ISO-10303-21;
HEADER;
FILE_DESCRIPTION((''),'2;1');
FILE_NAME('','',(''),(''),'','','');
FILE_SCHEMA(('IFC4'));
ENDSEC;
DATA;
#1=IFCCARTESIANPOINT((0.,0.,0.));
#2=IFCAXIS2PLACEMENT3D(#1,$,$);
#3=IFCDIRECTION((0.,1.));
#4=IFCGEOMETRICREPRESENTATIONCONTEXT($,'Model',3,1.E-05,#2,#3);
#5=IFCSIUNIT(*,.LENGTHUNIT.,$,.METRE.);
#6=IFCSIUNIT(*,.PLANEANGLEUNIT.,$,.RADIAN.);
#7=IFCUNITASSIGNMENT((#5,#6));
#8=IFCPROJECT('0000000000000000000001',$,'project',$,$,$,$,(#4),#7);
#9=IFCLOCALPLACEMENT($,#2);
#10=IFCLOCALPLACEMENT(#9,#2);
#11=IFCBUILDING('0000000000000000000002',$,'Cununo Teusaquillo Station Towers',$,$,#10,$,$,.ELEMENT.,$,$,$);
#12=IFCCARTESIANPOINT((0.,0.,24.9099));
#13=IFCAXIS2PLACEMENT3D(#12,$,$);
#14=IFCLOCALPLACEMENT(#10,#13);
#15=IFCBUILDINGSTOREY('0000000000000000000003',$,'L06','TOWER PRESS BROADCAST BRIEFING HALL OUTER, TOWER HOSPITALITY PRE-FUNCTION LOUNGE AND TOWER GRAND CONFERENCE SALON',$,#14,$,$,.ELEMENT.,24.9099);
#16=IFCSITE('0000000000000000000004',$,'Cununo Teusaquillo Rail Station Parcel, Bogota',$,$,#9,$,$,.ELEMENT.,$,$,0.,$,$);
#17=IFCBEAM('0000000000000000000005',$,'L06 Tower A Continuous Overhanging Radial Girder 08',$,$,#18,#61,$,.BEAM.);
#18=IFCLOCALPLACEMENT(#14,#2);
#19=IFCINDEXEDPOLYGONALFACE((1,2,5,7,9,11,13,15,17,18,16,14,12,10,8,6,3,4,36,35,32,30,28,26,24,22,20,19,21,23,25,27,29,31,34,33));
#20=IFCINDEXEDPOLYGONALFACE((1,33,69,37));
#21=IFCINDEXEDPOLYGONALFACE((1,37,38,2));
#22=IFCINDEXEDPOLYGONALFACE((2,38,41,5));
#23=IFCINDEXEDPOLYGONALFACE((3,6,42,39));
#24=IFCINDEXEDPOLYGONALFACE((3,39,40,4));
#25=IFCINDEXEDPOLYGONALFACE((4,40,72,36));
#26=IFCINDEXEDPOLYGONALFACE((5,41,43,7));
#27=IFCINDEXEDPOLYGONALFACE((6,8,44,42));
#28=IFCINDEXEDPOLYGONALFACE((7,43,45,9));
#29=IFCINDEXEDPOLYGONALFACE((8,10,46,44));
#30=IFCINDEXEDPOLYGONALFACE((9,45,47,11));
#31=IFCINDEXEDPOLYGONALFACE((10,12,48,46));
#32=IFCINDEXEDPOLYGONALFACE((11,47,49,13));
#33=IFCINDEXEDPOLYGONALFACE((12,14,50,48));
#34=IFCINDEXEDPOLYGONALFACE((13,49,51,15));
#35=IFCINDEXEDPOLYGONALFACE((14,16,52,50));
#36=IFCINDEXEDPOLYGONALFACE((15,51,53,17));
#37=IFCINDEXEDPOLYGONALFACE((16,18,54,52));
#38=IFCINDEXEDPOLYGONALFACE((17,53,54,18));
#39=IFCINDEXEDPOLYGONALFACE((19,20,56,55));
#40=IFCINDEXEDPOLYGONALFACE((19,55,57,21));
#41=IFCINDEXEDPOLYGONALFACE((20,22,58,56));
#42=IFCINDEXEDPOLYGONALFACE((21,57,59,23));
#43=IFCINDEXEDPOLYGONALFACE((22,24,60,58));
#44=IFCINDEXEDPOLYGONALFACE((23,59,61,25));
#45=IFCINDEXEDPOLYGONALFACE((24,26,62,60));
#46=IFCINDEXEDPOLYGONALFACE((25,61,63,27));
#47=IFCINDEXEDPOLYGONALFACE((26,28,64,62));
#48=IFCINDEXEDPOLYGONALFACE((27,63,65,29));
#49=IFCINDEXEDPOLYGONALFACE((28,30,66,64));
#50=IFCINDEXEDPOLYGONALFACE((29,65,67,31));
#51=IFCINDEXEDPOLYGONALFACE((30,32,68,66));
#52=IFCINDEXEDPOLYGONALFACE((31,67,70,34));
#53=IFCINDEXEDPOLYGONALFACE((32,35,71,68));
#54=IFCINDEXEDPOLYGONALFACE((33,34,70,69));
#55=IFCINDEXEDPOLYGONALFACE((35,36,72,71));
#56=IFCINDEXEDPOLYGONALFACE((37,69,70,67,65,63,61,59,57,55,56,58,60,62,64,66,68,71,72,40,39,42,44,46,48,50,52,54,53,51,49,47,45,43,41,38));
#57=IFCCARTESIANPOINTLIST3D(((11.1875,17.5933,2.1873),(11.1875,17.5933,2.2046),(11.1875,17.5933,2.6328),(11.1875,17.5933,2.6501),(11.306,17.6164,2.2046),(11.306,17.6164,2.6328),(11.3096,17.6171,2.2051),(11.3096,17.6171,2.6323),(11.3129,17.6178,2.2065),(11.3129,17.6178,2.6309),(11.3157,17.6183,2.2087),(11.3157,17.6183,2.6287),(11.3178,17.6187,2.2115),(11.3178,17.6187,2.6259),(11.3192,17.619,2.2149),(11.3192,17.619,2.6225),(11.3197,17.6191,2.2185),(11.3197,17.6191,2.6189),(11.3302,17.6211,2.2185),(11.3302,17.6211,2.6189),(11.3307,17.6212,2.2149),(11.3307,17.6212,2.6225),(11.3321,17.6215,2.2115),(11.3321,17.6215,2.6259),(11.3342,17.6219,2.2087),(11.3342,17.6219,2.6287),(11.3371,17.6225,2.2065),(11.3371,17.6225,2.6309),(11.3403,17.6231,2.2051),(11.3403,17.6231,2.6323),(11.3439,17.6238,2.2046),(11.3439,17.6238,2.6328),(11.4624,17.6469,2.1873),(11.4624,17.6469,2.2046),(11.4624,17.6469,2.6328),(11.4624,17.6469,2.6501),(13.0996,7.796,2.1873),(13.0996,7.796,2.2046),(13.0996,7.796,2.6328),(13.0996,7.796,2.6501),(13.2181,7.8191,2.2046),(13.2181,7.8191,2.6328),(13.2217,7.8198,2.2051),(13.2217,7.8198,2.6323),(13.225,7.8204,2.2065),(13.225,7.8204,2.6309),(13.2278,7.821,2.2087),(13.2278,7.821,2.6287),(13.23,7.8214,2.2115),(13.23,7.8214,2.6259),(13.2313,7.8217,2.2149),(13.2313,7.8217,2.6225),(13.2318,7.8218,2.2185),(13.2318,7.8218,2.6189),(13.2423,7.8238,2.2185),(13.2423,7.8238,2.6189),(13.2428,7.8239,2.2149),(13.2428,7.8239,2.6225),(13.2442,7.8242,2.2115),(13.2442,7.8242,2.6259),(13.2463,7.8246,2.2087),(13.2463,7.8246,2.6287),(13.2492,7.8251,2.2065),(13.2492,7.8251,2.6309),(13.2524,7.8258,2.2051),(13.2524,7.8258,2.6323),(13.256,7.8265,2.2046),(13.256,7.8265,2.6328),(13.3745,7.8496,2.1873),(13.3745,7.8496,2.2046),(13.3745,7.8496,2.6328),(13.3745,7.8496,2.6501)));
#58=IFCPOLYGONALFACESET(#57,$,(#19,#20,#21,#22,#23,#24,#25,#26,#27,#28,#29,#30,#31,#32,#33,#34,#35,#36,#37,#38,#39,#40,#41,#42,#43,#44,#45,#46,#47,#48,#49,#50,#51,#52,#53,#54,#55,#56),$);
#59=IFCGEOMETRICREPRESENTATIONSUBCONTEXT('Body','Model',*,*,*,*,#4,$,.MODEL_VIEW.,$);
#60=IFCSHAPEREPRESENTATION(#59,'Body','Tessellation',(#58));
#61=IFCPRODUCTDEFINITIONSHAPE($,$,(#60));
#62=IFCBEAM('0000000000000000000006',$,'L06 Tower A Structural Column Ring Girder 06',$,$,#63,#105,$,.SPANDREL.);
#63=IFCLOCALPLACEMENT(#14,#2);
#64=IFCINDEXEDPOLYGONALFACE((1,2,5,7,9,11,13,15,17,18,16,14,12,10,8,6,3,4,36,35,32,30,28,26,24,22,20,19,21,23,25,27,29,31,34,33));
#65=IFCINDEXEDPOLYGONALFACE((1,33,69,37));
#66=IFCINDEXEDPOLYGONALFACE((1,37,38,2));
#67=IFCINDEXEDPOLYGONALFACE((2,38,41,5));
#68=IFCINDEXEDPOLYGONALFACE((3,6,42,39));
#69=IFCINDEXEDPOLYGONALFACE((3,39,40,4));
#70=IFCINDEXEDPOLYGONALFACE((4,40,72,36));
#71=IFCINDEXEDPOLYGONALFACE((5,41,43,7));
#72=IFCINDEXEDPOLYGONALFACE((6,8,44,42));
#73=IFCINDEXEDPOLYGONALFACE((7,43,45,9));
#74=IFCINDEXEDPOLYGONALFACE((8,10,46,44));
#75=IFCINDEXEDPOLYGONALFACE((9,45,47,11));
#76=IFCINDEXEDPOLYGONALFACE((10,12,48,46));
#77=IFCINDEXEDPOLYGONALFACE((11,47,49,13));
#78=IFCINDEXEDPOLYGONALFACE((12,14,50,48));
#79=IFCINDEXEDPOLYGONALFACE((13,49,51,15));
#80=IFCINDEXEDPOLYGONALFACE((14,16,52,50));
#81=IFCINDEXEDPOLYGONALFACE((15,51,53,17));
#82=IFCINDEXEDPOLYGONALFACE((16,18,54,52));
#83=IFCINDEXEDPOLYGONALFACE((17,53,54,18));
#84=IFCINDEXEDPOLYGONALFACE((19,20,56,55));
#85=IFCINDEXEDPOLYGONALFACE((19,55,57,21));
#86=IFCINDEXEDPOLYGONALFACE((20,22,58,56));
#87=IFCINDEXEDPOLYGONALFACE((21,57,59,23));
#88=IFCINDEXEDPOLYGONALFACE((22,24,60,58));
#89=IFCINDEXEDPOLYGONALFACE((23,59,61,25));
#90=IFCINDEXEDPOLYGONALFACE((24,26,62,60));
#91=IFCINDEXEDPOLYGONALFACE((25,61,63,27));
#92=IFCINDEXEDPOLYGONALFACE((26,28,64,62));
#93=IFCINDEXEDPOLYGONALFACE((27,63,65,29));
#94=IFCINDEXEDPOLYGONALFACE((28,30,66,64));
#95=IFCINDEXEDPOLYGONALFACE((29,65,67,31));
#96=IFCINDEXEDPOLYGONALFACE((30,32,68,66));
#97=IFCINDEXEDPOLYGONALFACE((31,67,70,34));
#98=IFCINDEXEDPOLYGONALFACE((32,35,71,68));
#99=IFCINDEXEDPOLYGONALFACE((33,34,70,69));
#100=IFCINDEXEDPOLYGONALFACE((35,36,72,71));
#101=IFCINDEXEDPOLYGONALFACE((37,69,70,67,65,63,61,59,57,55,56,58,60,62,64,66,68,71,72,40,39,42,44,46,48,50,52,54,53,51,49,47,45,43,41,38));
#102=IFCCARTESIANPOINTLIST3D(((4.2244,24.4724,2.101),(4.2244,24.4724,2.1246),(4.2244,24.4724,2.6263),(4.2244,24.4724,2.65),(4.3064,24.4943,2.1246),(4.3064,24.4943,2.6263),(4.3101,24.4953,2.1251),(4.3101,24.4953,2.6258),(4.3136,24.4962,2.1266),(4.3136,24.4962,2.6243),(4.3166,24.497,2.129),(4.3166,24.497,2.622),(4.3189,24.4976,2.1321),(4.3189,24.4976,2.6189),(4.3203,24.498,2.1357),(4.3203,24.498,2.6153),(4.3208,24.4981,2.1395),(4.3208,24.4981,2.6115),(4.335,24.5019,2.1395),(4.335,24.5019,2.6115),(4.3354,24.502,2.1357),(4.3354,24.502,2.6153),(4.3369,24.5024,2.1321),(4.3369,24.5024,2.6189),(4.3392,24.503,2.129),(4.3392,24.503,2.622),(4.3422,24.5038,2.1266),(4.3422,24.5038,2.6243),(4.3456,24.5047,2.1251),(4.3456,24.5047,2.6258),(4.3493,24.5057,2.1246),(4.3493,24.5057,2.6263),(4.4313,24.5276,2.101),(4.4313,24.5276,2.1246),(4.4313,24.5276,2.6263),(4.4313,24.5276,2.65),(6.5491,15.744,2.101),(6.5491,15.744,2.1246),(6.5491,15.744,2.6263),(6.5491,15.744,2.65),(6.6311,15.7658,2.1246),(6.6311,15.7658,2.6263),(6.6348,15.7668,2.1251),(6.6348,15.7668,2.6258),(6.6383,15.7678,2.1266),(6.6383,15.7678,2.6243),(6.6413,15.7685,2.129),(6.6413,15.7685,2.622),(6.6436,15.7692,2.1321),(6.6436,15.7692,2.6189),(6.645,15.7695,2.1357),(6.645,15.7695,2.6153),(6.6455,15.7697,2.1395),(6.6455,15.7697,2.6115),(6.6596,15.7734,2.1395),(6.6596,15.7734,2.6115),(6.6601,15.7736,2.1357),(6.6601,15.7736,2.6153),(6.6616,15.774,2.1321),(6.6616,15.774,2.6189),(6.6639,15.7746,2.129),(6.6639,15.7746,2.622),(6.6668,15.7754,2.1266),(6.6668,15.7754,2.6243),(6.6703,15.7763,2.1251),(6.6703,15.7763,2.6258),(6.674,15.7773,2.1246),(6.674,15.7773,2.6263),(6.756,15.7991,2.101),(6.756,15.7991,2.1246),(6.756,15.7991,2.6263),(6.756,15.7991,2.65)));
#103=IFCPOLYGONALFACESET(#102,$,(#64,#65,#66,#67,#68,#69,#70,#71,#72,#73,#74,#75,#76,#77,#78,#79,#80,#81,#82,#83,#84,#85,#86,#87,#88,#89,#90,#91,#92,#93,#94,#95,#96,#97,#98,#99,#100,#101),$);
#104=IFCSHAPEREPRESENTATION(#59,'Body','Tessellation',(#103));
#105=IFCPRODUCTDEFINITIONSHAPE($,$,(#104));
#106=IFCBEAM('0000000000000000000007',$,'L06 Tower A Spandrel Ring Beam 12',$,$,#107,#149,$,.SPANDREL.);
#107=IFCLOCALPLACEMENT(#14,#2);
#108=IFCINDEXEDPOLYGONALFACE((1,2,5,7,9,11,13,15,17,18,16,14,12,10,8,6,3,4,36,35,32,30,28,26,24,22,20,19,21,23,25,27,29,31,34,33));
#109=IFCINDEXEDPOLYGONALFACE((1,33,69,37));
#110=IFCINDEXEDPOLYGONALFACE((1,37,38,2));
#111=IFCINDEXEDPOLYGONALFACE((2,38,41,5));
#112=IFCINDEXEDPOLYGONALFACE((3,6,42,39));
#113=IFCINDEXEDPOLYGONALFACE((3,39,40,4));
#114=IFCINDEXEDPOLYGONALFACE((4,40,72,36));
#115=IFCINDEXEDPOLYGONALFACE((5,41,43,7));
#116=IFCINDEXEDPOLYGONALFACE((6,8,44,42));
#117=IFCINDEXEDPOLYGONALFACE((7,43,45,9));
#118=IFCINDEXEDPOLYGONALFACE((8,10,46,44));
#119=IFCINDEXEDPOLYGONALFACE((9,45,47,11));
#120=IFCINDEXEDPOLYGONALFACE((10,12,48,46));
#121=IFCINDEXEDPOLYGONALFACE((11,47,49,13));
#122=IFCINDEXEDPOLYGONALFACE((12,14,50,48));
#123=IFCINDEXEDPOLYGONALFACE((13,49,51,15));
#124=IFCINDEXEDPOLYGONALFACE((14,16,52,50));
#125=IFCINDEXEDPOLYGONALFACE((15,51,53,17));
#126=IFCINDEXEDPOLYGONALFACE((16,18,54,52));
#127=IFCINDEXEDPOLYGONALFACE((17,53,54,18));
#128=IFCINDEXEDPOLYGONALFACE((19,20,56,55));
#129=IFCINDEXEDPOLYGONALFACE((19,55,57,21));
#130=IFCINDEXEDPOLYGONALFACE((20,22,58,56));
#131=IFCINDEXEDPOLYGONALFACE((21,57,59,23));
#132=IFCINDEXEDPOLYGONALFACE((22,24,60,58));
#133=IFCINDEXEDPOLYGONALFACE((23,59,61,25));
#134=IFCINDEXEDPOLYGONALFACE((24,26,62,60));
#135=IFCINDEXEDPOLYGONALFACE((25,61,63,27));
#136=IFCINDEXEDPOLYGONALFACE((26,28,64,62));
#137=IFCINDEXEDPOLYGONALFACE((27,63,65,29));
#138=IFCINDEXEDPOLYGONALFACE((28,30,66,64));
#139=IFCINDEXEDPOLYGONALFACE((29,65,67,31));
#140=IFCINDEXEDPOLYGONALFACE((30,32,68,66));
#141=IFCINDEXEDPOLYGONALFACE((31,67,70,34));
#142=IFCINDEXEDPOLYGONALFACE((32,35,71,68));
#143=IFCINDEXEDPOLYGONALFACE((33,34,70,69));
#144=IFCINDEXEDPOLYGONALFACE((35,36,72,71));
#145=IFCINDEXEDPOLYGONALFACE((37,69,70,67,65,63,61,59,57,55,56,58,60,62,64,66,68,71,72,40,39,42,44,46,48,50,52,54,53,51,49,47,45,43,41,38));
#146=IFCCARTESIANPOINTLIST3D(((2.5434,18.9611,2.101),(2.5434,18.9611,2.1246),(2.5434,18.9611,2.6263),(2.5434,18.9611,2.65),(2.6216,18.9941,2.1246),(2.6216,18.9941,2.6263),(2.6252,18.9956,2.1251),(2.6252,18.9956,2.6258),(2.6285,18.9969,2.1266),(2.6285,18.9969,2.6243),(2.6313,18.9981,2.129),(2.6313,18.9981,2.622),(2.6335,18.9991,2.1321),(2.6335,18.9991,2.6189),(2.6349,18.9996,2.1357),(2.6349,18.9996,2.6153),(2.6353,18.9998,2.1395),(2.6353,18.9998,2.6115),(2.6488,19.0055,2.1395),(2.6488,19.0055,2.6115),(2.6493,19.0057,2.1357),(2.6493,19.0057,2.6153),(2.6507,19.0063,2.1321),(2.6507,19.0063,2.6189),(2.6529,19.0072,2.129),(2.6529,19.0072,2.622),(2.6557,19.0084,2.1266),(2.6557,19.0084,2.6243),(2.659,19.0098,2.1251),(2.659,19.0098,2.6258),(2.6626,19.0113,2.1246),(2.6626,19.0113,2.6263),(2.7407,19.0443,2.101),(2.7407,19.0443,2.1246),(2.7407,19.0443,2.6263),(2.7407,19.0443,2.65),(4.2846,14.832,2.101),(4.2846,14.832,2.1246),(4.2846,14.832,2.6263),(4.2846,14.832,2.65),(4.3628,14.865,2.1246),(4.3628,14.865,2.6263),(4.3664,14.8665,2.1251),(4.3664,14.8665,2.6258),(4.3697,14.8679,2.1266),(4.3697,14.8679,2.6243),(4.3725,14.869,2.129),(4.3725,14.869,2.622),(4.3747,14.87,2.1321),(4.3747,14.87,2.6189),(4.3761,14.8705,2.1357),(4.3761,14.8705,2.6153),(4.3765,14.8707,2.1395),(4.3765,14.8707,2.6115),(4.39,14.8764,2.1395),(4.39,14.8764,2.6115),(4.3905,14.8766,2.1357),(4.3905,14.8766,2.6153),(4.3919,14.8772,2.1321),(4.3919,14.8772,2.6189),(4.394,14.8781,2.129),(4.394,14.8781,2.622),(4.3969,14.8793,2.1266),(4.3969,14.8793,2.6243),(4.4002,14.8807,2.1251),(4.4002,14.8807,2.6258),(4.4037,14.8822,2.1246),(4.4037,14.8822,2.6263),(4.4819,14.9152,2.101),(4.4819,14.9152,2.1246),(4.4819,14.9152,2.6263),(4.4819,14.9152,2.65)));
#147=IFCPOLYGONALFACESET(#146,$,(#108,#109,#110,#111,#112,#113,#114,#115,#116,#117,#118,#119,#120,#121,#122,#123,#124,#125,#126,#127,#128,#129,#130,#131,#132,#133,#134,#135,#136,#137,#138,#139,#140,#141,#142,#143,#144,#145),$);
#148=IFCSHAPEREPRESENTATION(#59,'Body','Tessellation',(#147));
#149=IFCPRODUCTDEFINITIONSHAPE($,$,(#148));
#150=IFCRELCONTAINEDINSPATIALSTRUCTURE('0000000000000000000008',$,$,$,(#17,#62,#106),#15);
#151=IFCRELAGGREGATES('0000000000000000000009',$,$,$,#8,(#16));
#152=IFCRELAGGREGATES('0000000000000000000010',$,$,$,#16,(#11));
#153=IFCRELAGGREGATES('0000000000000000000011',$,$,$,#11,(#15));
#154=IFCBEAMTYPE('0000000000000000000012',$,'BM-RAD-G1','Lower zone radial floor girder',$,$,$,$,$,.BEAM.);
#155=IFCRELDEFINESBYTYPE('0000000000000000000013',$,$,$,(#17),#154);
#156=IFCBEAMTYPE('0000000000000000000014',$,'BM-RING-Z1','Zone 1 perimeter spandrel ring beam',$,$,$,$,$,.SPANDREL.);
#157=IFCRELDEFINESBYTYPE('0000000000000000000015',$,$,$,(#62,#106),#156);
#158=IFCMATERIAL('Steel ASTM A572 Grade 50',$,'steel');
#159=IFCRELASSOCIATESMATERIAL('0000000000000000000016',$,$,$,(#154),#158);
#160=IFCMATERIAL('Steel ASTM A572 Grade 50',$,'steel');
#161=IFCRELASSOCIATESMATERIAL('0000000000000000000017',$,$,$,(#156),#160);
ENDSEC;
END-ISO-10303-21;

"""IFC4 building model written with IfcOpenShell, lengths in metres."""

from ifc_helpers import new_model, si_unit, direction, frame, origin, origin_2d, place, context, subcontext, project, spatial, i_section, extrude, material, material_profile, profile_set, type_object, element, save


model = new_model("IFC4")

# Units and contexts
model_context = context("Model", 3, precision=1e-05, world=origin(), true_north=direction((0.0, 1.0)))
body_context = subcontext(model_context, "Body", "Model", "MODEL_VIEW")
ifc_project = project(units=[si_unit("LENGTHUNIT", "METRE"), si_unit("PLANEANGLEUNIT", "RADIAN")], contexts=[model_context])

# Site, building, storey
site_placement = place(None, origin())
site = spatial("IfcSite", under=ifc_project, at=site_placement, Name="Cununo Teusaquillo Rail Station Parcel, Bogota", CompositionType="ELEMENT", RefElevation=0.0)
building_placement = place(site_placement, origin())
building = spatial("IfcBuilding", under=site, at=building_placement, Name="Cununo Teusaquillo Station Towers", CompositionType="ELEMENT")
storey_placement = place(building_placement, frame((0.0, 0.0, 24.9099)))
storey = spatial("IfcBuildingStorey", under=building, at=storey_placement, Name="L06", Description="TOWER PRESS BROADCAST BRIEFING HALL OUTER, TOWER HOSPITALITY PRE-FUNCTION LOUNGE AND TOWER GRAND CONFERENCE SALON", CompositionType="ELEMENT", Elevation=24.9099)

# Beams
ifc_material_1 = material(Name="Steel ASTM A572 Grade 50", Category="steel")
ifc_material_profile_1 = material_profile(ifc_material_1, i_section(OverallWidth=0.28, OverallDepth=0.4629, WebThickness=0.0107, FlangeThickness=0.0173, FilletRadius=0.0139, at=origin_2d()), Name="W18X76")
ifc_profile_set_1 = profile_set([ifc_material_profile_1], Name="Steel ASTM A572 Grade 50")
beam_type_1 = type_object("IfcBeamType", Name="BM-RAD-G1", Description="Lower zone radial floor girder", PredefinedType="BEAM", material=ifc_profile_set_1)
beam_1_placement = place(storey_placement, frame((11.325, 17.6201, 2.4187), z_axis=(0.191552, -0.981483, 0.0), x_axis=(0.981483, 0.191552, 0.0)))
element("IfcBeam", 1, at=beam_1_placement, inside=storey, type_object=beam_type_1, Name="L06 Tower A Continuous Overhanging Radial Girder 08", PredefinedType="BEAM", context=body_context, shape_type="SweptSolid", body=[
    extrude(i_section(OverallWidth=0.28, OverallDepth=0.4629, WebThickness=0.0107, FlangeThickness=0.0173, FilletRadius=0.0139, at=origin_2d()), origin(), (0.0, 0.0, 1.0), 9.9822),
])
ifc_material_2 = material(Name="Steel ASTM A572 Grade 50", Category="steel")
ifc_material_profile_2 = material_profile(ifc_material_2, i_section(OverallWidth=0.2141, OverallDepth=0.5491, WebThickness=0.0146, FlangeThickness=0.0237, FilletRadius=0.0149, at=origin_2d()), Name="W21X93")
ifc_profile_set_2 = profile_set([ifc_material_profile_2], Name="Steel ASTM A572 Grade 50")
beam_type_2 = type_object("IfcBeamType", Name="BM-RING-Z1", Description="Zone 1 perimeter spandrel ring beam", PredefinedType="SPANDREL", material=ifc_profile_set_2)
beam_2_placement = place(storey_placement, frame((4.3279, 24.5, 2.3755), z_axis=(0.257363, -0.966315, 0.0), x_axis=(0.966315, 0.257363, 0.0)))
element("IfcBeam", 2, at=beam_2_placement, inside=storey, type_object=beam_type_2, Name="L06 Tower A Structural Column Ring Girder 06", PredefinedType="SPANDREL", context=body_context, shape_type="SweptSolid", body=[
    extrude(i_section(OverallWidth=0.2141, OverallDepth=0.5491, WebThickness=0.0146, FlangeThickness=0.0237, FilletRadius=0.0149, at=origin_2d()), origin(), (0.0, 0.0, 1.0), 9.0327),
])
beam_3_placement = place(storey_placement, frame((2.6421, 19.0027, 2.3755), z_axis=(0.388554, -0.921426, 0.0), x_axis=(0.921426, 0.388554, 0.0)))
element("IfcBeam", 3, at=beam_3_placement, inside=storey, type_object=beam_type_2, Name="L06 Tower A Spandrel Ring Beam 12", PredefinedType="SPANDREL", context=body_context, shape_type="SweptSolid", body=[
    extrude(i_section(OverallWidth=0.2141, OverallDepth=0.5491, WebThickness=0.0146, FlangeThickness=0.0237, FilletRadius=0.0149, at=origin_2d()), origin(), (0.0, 0.0, 1.0), 4.4812),
])

save(model, "model.ifc")
